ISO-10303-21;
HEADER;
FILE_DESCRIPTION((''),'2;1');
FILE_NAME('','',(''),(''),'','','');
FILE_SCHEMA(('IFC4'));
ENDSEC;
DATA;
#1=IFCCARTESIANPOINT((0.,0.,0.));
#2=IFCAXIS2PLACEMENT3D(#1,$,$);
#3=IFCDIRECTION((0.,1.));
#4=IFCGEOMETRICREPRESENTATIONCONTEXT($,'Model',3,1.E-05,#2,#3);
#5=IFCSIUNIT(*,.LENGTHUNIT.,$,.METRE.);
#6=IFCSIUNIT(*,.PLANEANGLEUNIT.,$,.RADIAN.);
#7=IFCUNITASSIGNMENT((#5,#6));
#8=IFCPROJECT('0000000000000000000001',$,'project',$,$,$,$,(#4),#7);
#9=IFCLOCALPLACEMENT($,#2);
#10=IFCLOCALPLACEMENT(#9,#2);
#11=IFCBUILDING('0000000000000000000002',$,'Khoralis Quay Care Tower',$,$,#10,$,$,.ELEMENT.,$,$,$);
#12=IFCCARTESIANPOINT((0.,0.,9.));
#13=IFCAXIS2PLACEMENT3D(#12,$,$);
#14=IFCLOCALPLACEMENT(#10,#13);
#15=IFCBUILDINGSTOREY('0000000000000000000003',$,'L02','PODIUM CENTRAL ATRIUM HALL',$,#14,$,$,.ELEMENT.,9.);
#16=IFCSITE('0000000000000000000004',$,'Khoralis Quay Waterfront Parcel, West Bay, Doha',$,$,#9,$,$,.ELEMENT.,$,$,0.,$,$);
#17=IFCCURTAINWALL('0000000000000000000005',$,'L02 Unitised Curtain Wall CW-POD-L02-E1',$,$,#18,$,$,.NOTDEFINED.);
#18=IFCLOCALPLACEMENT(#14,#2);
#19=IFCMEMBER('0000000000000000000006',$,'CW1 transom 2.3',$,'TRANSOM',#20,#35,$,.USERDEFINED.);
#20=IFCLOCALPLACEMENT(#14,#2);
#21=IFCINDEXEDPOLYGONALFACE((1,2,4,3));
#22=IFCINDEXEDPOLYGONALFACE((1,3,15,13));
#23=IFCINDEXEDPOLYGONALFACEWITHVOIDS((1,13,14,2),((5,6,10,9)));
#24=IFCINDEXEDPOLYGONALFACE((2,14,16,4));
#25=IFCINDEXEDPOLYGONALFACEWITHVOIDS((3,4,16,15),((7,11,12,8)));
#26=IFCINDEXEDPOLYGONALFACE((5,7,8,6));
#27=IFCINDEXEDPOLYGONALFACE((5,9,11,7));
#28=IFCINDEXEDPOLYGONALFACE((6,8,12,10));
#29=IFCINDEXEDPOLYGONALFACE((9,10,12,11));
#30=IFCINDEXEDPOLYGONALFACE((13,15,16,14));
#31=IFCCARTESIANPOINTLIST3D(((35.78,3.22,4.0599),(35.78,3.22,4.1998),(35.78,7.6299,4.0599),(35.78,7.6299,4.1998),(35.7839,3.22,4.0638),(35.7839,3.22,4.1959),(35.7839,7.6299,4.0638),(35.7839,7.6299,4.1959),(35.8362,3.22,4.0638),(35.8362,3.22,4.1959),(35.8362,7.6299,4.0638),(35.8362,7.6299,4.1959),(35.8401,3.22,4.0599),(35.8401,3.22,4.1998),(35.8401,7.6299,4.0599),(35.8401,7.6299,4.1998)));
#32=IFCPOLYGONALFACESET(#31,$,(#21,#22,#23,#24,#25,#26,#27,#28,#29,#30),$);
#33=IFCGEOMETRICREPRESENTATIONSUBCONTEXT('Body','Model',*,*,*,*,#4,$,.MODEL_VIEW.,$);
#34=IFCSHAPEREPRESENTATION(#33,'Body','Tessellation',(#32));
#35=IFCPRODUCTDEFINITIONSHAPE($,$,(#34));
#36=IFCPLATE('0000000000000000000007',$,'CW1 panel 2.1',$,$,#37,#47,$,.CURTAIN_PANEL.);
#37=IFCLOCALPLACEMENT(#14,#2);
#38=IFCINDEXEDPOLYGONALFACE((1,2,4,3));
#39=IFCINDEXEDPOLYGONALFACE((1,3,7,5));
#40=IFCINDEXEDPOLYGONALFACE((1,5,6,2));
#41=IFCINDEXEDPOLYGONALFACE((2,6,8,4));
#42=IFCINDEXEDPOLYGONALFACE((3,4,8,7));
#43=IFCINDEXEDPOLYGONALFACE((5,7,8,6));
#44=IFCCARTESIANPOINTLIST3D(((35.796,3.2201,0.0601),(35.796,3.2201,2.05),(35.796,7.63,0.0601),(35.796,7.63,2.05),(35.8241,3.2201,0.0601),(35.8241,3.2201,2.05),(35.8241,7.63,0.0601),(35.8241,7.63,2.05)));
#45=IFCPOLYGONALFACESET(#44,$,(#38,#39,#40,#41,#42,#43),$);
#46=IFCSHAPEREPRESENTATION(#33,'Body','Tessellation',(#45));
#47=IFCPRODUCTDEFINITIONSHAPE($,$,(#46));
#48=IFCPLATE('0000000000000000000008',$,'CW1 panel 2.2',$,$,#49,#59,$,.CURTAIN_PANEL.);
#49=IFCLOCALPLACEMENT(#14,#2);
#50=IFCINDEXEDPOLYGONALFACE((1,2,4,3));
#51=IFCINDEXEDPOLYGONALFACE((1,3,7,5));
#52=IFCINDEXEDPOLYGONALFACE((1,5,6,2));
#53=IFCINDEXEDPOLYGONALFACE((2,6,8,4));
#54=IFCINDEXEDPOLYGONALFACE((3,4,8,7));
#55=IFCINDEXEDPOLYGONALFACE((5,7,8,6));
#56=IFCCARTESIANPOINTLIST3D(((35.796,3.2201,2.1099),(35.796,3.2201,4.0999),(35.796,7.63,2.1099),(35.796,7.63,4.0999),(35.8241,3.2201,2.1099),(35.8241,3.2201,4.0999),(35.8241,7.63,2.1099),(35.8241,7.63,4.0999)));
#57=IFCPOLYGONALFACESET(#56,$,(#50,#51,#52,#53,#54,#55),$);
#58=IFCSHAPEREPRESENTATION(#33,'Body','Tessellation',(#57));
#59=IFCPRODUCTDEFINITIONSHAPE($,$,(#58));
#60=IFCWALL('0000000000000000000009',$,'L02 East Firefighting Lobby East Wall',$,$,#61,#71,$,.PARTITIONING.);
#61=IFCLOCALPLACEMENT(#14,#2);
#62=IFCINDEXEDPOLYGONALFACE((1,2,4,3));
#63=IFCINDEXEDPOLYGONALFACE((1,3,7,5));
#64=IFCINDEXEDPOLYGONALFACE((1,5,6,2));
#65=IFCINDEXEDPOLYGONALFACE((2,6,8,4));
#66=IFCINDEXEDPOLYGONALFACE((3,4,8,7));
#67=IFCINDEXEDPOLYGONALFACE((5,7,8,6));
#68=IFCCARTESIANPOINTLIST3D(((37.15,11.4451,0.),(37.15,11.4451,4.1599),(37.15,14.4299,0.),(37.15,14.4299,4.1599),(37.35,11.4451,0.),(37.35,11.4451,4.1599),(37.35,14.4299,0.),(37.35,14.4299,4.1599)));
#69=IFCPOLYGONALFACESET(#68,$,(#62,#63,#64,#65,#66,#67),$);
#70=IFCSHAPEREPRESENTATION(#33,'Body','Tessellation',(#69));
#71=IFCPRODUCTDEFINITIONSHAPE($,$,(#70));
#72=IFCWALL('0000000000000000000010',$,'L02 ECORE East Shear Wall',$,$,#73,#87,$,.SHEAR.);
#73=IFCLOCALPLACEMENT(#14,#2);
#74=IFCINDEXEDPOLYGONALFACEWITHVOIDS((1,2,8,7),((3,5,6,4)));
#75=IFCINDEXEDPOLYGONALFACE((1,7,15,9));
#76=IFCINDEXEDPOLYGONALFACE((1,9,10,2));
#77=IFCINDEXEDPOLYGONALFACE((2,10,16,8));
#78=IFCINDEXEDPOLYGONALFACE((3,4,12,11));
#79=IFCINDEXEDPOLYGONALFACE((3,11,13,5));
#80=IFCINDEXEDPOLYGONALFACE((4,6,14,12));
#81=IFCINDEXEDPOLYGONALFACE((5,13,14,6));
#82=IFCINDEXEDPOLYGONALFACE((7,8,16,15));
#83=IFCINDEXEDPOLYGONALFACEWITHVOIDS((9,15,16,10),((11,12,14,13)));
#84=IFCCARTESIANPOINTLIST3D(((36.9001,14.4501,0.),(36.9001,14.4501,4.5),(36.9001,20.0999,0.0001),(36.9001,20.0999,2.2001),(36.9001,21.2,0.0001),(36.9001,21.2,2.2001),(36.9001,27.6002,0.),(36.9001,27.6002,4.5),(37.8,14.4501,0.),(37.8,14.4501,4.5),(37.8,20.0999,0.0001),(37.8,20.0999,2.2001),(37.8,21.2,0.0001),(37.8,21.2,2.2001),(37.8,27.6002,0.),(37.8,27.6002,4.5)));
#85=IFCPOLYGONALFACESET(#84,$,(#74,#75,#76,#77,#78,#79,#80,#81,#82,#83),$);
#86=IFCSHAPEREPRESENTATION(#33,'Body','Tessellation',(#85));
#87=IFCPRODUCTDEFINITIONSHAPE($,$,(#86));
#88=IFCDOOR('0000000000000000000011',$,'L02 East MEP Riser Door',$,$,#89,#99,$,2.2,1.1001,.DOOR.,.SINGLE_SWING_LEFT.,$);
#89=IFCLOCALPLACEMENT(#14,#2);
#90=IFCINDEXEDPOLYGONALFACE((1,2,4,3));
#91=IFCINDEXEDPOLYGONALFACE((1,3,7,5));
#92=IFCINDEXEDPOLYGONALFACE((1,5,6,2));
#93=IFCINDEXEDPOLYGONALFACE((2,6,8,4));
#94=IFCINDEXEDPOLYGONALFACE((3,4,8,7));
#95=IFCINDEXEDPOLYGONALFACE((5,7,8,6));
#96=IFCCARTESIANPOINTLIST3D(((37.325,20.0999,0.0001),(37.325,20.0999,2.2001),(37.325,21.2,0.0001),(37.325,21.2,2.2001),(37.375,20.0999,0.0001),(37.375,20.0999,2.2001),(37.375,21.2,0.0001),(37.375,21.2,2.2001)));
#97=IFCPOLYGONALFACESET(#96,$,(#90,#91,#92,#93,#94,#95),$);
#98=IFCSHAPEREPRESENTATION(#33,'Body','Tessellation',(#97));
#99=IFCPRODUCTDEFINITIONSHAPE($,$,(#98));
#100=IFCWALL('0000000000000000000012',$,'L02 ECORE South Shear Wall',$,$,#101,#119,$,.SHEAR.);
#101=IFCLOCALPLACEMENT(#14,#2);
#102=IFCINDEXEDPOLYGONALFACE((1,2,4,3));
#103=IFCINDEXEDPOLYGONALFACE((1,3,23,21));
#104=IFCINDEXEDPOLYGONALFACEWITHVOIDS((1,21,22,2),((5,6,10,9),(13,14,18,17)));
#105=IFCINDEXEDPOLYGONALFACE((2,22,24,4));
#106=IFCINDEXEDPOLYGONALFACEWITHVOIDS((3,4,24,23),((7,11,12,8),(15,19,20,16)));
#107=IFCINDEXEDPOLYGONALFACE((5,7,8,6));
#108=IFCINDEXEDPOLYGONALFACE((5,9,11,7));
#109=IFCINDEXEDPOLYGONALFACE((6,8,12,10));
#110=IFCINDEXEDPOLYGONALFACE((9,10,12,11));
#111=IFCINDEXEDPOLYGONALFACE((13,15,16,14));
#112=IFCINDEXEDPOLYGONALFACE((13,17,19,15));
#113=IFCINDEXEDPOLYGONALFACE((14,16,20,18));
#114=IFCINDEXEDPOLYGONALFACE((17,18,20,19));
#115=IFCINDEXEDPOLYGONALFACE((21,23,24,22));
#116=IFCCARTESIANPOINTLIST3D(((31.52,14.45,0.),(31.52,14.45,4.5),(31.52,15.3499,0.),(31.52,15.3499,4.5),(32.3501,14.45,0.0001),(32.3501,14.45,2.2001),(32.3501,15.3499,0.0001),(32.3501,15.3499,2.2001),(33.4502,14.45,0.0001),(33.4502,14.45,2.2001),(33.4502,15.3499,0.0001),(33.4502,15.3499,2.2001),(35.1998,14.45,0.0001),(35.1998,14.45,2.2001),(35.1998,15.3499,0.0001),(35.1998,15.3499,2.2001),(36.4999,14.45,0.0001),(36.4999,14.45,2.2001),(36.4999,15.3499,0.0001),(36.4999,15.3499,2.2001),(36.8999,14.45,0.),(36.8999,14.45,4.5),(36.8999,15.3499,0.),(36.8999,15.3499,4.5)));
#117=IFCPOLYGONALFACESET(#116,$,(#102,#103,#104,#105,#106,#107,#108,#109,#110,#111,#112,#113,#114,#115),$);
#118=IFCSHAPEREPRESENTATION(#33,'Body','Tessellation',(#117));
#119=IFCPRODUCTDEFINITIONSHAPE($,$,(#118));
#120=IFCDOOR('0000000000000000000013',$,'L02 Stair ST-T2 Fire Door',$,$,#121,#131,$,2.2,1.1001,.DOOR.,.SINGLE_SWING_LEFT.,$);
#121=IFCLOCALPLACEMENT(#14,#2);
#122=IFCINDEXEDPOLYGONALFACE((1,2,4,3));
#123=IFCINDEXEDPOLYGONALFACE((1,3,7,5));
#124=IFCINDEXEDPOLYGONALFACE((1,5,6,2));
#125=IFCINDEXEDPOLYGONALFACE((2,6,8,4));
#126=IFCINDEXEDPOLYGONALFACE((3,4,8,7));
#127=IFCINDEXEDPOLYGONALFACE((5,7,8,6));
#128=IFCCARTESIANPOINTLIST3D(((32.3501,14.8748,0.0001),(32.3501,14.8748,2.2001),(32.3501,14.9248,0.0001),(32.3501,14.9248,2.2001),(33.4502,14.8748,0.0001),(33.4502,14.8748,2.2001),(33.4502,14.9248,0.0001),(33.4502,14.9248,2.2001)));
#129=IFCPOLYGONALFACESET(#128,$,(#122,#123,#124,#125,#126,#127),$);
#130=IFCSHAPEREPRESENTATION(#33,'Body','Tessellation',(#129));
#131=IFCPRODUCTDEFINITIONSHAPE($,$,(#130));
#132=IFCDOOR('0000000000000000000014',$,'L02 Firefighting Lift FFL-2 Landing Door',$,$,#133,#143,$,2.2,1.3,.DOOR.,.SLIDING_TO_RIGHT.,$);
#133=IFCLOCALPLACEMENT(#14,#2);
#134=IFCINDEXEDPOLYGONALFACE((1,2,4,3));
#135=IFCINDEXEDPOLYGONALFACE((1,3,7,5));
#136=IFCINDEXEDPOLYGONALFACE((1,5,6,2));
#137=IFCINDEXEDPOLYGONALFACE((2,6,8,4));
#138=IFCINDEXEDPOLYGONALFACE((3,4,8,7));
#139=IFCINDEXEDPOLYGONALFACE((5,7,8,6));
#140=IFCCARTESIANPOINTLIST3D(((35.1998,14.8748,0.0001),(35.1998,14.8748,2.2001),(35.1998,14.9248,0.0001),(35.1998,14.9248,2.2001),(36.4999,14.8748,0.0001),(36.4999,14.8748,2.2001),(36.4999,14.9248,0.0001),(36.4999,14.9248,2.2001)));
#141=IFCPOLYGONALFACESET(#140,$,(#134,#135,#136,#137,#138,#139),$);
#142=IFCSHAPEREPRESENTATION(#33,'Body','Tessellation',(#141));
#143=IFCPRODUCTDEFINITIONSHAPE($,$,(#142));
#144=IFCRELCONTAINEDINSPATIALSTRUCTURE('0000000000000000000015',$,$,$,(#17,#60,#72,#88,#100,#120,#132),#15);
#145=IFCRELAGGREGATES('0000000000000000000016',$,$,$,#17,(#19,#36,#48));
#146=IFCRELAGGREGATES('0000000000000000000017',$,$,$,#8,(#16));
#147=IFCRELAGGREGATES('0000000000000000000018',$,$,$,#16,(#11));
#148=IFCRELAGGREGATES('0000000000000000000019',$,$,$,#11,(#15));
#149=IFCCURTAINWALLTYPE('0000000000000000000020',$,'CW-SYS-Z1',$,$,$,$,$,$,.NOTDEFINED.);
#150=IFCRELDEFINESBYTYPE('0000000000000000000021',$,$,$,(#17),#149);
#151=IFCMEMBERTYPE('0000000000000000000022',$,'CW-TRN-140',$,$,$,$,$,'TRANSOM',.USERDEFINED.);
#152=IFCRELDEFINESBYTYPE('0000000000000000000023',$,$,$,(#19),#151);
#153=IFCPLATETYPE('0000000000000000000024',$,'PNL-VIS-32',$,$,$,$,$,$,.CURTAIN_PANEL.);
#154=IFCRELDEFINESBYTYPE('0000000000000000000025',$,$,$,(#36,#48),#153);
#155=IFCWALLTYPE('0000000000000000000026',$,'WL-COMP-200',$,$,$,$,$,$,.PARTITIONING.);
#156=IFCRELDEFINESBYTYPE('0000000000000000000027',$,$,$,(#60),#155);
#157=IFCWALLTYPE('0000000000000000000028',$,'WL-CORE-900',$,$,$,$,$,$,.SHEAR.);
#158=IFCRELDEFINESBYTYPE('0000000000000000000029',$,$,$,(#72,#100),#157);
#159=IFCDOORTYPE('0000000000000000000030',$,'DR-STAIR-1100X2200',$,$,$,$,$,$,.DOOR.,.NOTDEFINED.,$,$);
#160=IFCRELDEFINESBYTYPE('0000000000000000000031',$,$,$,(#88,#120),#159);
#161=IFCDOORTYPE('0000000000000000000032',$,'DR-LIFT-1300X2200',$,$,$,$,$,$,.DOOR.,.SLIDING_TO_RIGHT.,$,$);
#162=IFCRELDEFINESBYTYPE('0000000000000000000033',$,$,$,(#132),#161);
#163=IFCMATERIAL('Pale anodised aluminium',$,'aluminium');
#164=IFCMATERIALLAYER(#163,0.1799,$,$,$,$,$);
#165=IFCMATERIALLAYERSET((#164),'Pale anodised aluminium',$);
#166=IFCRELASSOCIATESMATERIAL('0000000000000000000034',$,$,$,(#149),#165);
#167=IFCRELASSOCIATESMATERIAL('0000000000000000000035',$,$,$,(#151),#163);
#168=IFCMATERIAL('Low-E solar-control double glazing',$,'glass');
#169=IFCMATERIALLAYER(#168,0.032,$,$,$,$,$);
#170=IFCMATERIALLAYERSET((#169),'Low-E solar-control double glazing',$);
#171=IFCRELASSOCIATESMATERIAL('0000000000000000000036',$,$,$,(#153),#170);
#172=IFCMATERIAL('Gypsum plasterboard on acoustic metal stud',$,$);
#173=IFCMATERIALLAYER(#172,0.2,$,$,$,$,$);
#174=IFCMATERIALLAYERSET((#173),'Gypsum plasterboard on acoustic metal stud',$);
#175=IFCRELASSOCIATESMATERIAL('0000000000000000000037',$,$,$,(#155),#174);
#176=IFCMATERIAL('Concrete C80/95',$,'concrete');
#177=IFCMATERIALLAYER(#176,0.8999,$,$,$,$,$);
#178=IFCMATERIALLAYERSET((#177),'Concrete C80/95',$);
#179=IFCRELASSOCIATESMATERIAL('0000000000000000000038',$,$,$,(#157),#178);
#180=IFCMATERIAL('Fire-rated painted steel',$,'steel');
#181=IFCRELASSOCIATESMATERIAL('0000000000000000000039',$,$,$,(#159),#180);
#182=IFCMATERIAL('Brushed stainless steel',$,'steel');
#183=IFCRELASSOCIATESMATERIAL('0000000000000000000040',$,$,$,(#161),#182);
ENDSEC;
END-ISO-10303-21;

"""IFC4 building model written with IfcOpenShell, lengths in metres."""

from ifc_helpers import new_model, si_unit, direction, frame, frame_2d, origin, origin_2d, place, context, subcontext, project, spatial, rectangle, hollow_rectangle, extrude, source, transform, mapped, material, layer, layer_set, material_profile, profile_set, type_object, element, fill, aggregate, save


model = new_model("IFC4")

# Units and contexts
model_context = context("Model", 3, precision=1e-05, world=origin(), true_north=direction((0.0, 1.0)))
body_context = subcontext(model_context, "Body", "Model", "MODEL_VIEW")
ifc_project = project(units=[si_unit("LENGTHUNIT", "METRE"), si_unit("PLANEANGLEUNIT", "RADIAN")], contexts=[model_context])

# Site, building, storey
site_placement = place(None, origin())
site = spatial("IfcSite", under=ifc_project, at=site_placement, Name="Khoralis Quay Waterfront Parcel, West Bay, Doha", CompositionType="ELEMENT", RefElevation=0.0)
building_placement = place(site_placement, origin())
building = spatial("IfcBuilding", under=site, at=building_placement, Name="Khoralis Quay Care Tower", CompositionType="ELEMENT")
storey_placement = place(building_placement, frame((0.0, 0.0, 9.0)))
storey = spatial("IfcBuildingStorey", under=building, at=storey_placement, Name="L02", Description="PODIUM CENTRAL ATRIUM HALL", CompositionType="ELEMENT", Elevation=9.0)

# Shared definitions
ifc_material_1 = material(Name="Concrete C80/95", Category="concrete")

# Curtain wall, member, plates
ifc_material_2 = material(Name="Pale anodised aluminium", Category="aluminium")
ifc_layer_1 = layer(ifc_material_2, 0.1799)
ifc_layer_set_1 = layer_set([ifc_layer_1], Name="Pale anodised aluminium")
curtain_wall_type = type_object("IfcCurtainWallType", Name="CW-SYS-Z1", PredefinedType="NOTDEFINED", material=ifc_layer_set_1)
curtain_wall_placement = place(storey_placement, origin())
curtain_wall = element("IfcCurtainWall", 1, at=curtain_wall_placement, inside=storey, type_object=curtain_wall_type, Name="L02 Unitised Curtain Wall CW-POD-L02-E1", PredefinedType="NOTDEFINED")
ifc_material_profile_1 = material_profile(ifc_material_2, hollow_rectangle(XDim=0.0601, YDim=0.1399, WallThickness=0.0039, at=origin_2d()), Name="Pale anodised aluminium")
ifc_profile_set_1 = profile_set([ifc_material_profile_1], Name="Pale anodised aluminium")
member_type_1 = type_object("IfcMemberType", Name="CW-TRN-140", ElementType="TRANSOM", PredefinedType="USERDEFINED", material=ifc_profile_set_1)
shared_shape_1 = source(origin(), body_context, "Body", "SweptSolid", [
    extrude(hollow_rectangle(XDim=0.0601, YDim=0.1399, WallThickness=0.0039, at=origin_2d()), origin(), (0.0, 0.0, 1.0), 4.4099),
])
member_1_placement = place(storey_placement, frame((35.8101, 3.22, 4.1299), z_axis=(0.0, 1.0, 0.0), x_axis=(-1.0, 0.0, 0.0)))
member_1 = element("IfcMember", 2, at=member_1_placement, type_object=member_type_1, Name="CW1 transom 2.3", ObjectType="TRANSOM", PredefinedType="USERDEFINED", context=body_context, shape_type="MappedRepresentation", body=[
    mapped(shared_shape_1, transform((0.0, 0.0, 0.0), scale=1.0)),
])
ifc_material_3 = material(Name="Low-E solar-control double glazing", Category="glass")
ifc_layer_2 = layer(ifc_material_3, 0.032)
ifc_layer_set_2 = layer_set([ifc_layer_2], Name="Low-E solar-control double glazing")
plate_type = type_object("IfcPlateType", Name="PNL-VIS-32", PredefinedType="CURTAIN_PANEL", material=ifc_layer_set_2)
shared_shape_2 = source(origin(), body_context, "Body", "SweptSolid", [
    extrude(rectangle(XDim=4.4099, YDim=0.0281, at=origin_2d()), origin(), (0.0, 0.0, 1.0), 1.99),
])
plate_1_placement = place(storey_placement, frame((35.8101, 5.425, 0.0601), z_axis=(0.0, 0.0, 1.0), x_axis=(0.0, 1.0, 0.0)))
plate_1 = element("IfcPlate", 3, at=plate_1_placement, type_object=plate_type, Name="CW1 panel 2.1", PredefinedType="CURTAIN_PANEL", context=body_context, shape_type="MappedRepresentation", body=[
    mapped(shared_shape_2, transform((0.0, 0.0, 0.0), scale=1.0)),
])
plate_2_placement = place(storey_placement, frame((35.8101, 5.425, 2.1099), z_axis=(0.0, 0.0, 1.0), x_axis=(0.0, 1.0, 0.0)))
plate_2 = element("IfcPlate", 4, at=plate_2_placement, type_object=plate_type, Name="CW1 panel 2.2", PredefinedType="CURTAIN_PANEL", context=body_context, shape_type="MappedRepresentation", body=[
    mapped(shared_shape_2, transform((0.0, 0.0, 0.0), scale=1.0)),
])
aggregate(curtain_wall, [member_1, plate_1, plate_2])

# Wall
ifc_material_4 = material(Name="Gypsum plasterboard on acoustic metal stud")
ifc_layer_3 = layer(ifc_material_4, 0.2)
ifc_layer_set_3 = layer_set([ifc_layer_3], Name="Gypsum plasterboard on acoustic metal stud")
wall_type_1 = type_object("IfcWallType", Name="WL-COMP-200", PredefinedType="PARTITIONING", material=ifc_layer_set_3)
wall_1_placement = place(storey_placement, frame((37.25, 11.4451, 0.0), z_axis=(0.0, 0.0, 1.0), x_axis=(0.0, 1.0, 0.0)))
element("IfcWall", 5, at=wall_1_placement, inside=storey, type_object=wall_type_1, Name="L02 East Firefighting Lobby East Wall", PredefinedType="PARTITIONING", context=body_context, shape_type="SweptSolid", body=[
    extrude(rectangle(XDim=2.9849, YDim=0.2, at=frame_2d((1.4924, 0.0))), origin(), (0.0, 0.0, 1.0), 4.1599),
])

# Wall, opening, door
ifc_layer_4 = layer(ifc_material_1, 0.8999)
ifc_layer_set_4 = layer_set([ifc_layer_4], Name="Concrete C80/95")
wall_type_2 = type_object("IfcWallType", Name="WL-CORE-900", PredefinedType="SHEAR", material=ifc_layer_set_4)
wall_2_placement = place(storey_placement, frame((37.3501, 14.45, 0.0), z_axis=(0.0, 0.0, 1.0), x_axis=(0.0, 1.0, 0.0)))
wall_2 = element("IfcWall", 6, at=wall_2_placement, inside=storey, type_object=wall_type_2, Name="L02 ECORE East Shear Wall", PredefinedType="SHEAR", context=body_context, shape_type="SweptSolid", body=[
    extrude(rectangle(XDim=13.1501, YDim=0.8999, at=frame_2d((6.5752, 0.0))), origin(), (0.0, 0.0, 1.0), 4.5),
])
opening_1_placement = place(wall_2_placement, frame((5.6499, 0.0, 0.0)))
opening_1 = element("IfcOpeningElement", 7, at=opening_1_placement, cuts=wall_2, PredefinedType="OPENING", context=body_context, shape_type="SweptSolid", body=[
    extrude(rectangle(XDim=1.1001, YDim=2.2, at=frame_2d((0.55, 1.1001))), frame((0.0, 0.46, 0.0), z_axis=(0.0, -1.0, 0.0), x_axis=(1.0, 0.0, 0.0)), (0.0, 0.0, 1.0), 0.9199),
])
ifc_material_5 = material(Name="Fire-rated painted steel", Category="steel")
door_type_1 = type_object("IfcDoorType", Name="DR-STAIR-1100X2200", OperationType="NOTDEFINED", PredefinedType="DOOR", material=ifc_material_5)
shared_shape_3 = source(origin(), body_context, "Body", "SweptSolid", [
    extrude(rectangle(XDim=1.1001, YDim=2.2, at=frame_2d((0.55, 1.1001))), frame((0.0, 0.0249, 0.0), z_axis=(0.0, -1.0, 0.0), x_axis=(1.0, 0.0, 0.0)), (0.0, 0.0, 1.0), 0.05),
])
door_1_placement = place(opening_1_placement, frame((1.1001, 0.0, 0.0), z_axis=(0.0, 0.0, 1.0), x_axis=(-1.0, 0.0, 0.0)))
door_1 = element("IfcDoor", 8, at=door_1_placement, inside=storey, type_object=door_type_1, Name="L02 East MEP Riser Door", OperationType="SINGLE_SWING_LEFT", OverallHeight=2.2, OverallWidth=1.1001, PredefinedType="DOOR", context=body_context, shape_type="MappedRepresentation", body=[
    mapped(shared_shape_3, transform((0.0, 0.0, 0.0), scale=1.0)),
])
fill(opening_1, door_1)

# Wall, openings, doors
wall_3_placement = place(storey_placement, frame((31.52, 14.8999, 0.0), z_axis=(0.0, 0.0, 1.0), x_axis=(1.0, 0.0, 0.0)))
wall_3 = element("IfcWall", 9, at=wall_3_placement, inside=storey, type_object=wall_type_2, Name="L02 ECORE South Shear Wall", PredefinedType="SHEAR", context=body_context, shape_type="SweptSolid", body=[
    extrude(rectangle(XDim=5.3799, YDim=0.8999, at=frame_2d((2.6899, 0.0))), origin(), (0.0, 0.0, 1.0), 4.5),
])
opening_2_placement = place(wall_3_placement, frame((0.8301, 0.0, 0.0)))
opening_2 = element("IfcOpeningElement", 10, at=opening_2_placement, cuts=wall_3, PredefinedType="OPENING", context=body_context, shape_type="SweptSolid", body=[
    extrude(rectangle(XDim=1.1001, YDim=2.2, at=frame_2d((0.55, 1.1001))), frame((0.0, 0.46, 0.0), z_axis=(0.0, -1.0, 0.0), x_axis=(1.0, 0.0, 0.0)), (0.0, 0.0, 1.0), 0.9199),
])
opening_3_placement = place(wall_3_placement, frame((3.6799, 0.0, 0.0)))
opening_3 = element("IfcOpeningElement", 11, at=opening_3_placement, cuts=wall_3, PredefinedType="OPENING", context=body_context, shape_type="SweptSolid", body=[
    extrude(rectangle(XDim=1.3, YDim=2.2, at=frame_2d((0.6499, 1.1001))), frame((0.0, 0.46, 0.0), z_axis=(0.0, -1.0, 0.0), x_axis=(1.0, 0.0, 0.0)), (0.0, 0.0, 1.0), 0.9199),
])
door_2_placement = place(opening_2_placement, origin())
door_2 = element("IfcDoor", 12, at=door_2_placement, inside=storey, type_object=door_type_1, Name="L02 Stair ST-T2 Fire Door", OperationType="SINGLE_SWING_LEFT", OverallHeight=2.2, OverallWidth=1.1001, PredefinedType="DOOR", context=body_context, shape_type="MappedRepresentation", body=[
    mapped(shared_shape_3, transform((0.0, 0.0, 0.0), scale=1.0)),
])
fill(opening_2, door_2)
ifc_material_6 = material(Name="Brushed stainless steel", Category="steel")
door_type_2 = type_object("IfcDoorType", Name="DR-LIFT-1300X2200", OperationType="SLIDING_TO_RIGHT", PredefinedType="DOOR", material=ifc_material_6)
shared_shape_4 = source(origin(), body_context, "Body", "SweptSolid", [
    extrude(rectangle(XDim=1.3, YDim=2.2, at=frame_2d((0.6499, 1.1001))), frame((0.0, 0.0249, 0.0), z_axis=(0.0, -1.0, 0.0), x_axis=(1.0, 0.0, 0.0)), (0.0, 0.0, 1.0), 0.05),
])
door_3_placement = place(opening_3_placement, origin())
door_3 = element("IfcDoor", 13, at=door_3_placement, inside=storey, type_object=door_type_2, Name="L02 Firefighting Lift FFL-2 Landing Door", OperationType="SLIDING_TO_RIGHT", OverallHeight=2.2, OverallWidth=1.3, PredefinedType="DOOR", context=body_context, shape_type="MappedRepresentation", body=[
    mapped(shared_shape_4, transform((0.0, 0.0, 0.0), scale=1.0)),
])
fill(opening_3, door_3)

save(model, "model.ifc")
